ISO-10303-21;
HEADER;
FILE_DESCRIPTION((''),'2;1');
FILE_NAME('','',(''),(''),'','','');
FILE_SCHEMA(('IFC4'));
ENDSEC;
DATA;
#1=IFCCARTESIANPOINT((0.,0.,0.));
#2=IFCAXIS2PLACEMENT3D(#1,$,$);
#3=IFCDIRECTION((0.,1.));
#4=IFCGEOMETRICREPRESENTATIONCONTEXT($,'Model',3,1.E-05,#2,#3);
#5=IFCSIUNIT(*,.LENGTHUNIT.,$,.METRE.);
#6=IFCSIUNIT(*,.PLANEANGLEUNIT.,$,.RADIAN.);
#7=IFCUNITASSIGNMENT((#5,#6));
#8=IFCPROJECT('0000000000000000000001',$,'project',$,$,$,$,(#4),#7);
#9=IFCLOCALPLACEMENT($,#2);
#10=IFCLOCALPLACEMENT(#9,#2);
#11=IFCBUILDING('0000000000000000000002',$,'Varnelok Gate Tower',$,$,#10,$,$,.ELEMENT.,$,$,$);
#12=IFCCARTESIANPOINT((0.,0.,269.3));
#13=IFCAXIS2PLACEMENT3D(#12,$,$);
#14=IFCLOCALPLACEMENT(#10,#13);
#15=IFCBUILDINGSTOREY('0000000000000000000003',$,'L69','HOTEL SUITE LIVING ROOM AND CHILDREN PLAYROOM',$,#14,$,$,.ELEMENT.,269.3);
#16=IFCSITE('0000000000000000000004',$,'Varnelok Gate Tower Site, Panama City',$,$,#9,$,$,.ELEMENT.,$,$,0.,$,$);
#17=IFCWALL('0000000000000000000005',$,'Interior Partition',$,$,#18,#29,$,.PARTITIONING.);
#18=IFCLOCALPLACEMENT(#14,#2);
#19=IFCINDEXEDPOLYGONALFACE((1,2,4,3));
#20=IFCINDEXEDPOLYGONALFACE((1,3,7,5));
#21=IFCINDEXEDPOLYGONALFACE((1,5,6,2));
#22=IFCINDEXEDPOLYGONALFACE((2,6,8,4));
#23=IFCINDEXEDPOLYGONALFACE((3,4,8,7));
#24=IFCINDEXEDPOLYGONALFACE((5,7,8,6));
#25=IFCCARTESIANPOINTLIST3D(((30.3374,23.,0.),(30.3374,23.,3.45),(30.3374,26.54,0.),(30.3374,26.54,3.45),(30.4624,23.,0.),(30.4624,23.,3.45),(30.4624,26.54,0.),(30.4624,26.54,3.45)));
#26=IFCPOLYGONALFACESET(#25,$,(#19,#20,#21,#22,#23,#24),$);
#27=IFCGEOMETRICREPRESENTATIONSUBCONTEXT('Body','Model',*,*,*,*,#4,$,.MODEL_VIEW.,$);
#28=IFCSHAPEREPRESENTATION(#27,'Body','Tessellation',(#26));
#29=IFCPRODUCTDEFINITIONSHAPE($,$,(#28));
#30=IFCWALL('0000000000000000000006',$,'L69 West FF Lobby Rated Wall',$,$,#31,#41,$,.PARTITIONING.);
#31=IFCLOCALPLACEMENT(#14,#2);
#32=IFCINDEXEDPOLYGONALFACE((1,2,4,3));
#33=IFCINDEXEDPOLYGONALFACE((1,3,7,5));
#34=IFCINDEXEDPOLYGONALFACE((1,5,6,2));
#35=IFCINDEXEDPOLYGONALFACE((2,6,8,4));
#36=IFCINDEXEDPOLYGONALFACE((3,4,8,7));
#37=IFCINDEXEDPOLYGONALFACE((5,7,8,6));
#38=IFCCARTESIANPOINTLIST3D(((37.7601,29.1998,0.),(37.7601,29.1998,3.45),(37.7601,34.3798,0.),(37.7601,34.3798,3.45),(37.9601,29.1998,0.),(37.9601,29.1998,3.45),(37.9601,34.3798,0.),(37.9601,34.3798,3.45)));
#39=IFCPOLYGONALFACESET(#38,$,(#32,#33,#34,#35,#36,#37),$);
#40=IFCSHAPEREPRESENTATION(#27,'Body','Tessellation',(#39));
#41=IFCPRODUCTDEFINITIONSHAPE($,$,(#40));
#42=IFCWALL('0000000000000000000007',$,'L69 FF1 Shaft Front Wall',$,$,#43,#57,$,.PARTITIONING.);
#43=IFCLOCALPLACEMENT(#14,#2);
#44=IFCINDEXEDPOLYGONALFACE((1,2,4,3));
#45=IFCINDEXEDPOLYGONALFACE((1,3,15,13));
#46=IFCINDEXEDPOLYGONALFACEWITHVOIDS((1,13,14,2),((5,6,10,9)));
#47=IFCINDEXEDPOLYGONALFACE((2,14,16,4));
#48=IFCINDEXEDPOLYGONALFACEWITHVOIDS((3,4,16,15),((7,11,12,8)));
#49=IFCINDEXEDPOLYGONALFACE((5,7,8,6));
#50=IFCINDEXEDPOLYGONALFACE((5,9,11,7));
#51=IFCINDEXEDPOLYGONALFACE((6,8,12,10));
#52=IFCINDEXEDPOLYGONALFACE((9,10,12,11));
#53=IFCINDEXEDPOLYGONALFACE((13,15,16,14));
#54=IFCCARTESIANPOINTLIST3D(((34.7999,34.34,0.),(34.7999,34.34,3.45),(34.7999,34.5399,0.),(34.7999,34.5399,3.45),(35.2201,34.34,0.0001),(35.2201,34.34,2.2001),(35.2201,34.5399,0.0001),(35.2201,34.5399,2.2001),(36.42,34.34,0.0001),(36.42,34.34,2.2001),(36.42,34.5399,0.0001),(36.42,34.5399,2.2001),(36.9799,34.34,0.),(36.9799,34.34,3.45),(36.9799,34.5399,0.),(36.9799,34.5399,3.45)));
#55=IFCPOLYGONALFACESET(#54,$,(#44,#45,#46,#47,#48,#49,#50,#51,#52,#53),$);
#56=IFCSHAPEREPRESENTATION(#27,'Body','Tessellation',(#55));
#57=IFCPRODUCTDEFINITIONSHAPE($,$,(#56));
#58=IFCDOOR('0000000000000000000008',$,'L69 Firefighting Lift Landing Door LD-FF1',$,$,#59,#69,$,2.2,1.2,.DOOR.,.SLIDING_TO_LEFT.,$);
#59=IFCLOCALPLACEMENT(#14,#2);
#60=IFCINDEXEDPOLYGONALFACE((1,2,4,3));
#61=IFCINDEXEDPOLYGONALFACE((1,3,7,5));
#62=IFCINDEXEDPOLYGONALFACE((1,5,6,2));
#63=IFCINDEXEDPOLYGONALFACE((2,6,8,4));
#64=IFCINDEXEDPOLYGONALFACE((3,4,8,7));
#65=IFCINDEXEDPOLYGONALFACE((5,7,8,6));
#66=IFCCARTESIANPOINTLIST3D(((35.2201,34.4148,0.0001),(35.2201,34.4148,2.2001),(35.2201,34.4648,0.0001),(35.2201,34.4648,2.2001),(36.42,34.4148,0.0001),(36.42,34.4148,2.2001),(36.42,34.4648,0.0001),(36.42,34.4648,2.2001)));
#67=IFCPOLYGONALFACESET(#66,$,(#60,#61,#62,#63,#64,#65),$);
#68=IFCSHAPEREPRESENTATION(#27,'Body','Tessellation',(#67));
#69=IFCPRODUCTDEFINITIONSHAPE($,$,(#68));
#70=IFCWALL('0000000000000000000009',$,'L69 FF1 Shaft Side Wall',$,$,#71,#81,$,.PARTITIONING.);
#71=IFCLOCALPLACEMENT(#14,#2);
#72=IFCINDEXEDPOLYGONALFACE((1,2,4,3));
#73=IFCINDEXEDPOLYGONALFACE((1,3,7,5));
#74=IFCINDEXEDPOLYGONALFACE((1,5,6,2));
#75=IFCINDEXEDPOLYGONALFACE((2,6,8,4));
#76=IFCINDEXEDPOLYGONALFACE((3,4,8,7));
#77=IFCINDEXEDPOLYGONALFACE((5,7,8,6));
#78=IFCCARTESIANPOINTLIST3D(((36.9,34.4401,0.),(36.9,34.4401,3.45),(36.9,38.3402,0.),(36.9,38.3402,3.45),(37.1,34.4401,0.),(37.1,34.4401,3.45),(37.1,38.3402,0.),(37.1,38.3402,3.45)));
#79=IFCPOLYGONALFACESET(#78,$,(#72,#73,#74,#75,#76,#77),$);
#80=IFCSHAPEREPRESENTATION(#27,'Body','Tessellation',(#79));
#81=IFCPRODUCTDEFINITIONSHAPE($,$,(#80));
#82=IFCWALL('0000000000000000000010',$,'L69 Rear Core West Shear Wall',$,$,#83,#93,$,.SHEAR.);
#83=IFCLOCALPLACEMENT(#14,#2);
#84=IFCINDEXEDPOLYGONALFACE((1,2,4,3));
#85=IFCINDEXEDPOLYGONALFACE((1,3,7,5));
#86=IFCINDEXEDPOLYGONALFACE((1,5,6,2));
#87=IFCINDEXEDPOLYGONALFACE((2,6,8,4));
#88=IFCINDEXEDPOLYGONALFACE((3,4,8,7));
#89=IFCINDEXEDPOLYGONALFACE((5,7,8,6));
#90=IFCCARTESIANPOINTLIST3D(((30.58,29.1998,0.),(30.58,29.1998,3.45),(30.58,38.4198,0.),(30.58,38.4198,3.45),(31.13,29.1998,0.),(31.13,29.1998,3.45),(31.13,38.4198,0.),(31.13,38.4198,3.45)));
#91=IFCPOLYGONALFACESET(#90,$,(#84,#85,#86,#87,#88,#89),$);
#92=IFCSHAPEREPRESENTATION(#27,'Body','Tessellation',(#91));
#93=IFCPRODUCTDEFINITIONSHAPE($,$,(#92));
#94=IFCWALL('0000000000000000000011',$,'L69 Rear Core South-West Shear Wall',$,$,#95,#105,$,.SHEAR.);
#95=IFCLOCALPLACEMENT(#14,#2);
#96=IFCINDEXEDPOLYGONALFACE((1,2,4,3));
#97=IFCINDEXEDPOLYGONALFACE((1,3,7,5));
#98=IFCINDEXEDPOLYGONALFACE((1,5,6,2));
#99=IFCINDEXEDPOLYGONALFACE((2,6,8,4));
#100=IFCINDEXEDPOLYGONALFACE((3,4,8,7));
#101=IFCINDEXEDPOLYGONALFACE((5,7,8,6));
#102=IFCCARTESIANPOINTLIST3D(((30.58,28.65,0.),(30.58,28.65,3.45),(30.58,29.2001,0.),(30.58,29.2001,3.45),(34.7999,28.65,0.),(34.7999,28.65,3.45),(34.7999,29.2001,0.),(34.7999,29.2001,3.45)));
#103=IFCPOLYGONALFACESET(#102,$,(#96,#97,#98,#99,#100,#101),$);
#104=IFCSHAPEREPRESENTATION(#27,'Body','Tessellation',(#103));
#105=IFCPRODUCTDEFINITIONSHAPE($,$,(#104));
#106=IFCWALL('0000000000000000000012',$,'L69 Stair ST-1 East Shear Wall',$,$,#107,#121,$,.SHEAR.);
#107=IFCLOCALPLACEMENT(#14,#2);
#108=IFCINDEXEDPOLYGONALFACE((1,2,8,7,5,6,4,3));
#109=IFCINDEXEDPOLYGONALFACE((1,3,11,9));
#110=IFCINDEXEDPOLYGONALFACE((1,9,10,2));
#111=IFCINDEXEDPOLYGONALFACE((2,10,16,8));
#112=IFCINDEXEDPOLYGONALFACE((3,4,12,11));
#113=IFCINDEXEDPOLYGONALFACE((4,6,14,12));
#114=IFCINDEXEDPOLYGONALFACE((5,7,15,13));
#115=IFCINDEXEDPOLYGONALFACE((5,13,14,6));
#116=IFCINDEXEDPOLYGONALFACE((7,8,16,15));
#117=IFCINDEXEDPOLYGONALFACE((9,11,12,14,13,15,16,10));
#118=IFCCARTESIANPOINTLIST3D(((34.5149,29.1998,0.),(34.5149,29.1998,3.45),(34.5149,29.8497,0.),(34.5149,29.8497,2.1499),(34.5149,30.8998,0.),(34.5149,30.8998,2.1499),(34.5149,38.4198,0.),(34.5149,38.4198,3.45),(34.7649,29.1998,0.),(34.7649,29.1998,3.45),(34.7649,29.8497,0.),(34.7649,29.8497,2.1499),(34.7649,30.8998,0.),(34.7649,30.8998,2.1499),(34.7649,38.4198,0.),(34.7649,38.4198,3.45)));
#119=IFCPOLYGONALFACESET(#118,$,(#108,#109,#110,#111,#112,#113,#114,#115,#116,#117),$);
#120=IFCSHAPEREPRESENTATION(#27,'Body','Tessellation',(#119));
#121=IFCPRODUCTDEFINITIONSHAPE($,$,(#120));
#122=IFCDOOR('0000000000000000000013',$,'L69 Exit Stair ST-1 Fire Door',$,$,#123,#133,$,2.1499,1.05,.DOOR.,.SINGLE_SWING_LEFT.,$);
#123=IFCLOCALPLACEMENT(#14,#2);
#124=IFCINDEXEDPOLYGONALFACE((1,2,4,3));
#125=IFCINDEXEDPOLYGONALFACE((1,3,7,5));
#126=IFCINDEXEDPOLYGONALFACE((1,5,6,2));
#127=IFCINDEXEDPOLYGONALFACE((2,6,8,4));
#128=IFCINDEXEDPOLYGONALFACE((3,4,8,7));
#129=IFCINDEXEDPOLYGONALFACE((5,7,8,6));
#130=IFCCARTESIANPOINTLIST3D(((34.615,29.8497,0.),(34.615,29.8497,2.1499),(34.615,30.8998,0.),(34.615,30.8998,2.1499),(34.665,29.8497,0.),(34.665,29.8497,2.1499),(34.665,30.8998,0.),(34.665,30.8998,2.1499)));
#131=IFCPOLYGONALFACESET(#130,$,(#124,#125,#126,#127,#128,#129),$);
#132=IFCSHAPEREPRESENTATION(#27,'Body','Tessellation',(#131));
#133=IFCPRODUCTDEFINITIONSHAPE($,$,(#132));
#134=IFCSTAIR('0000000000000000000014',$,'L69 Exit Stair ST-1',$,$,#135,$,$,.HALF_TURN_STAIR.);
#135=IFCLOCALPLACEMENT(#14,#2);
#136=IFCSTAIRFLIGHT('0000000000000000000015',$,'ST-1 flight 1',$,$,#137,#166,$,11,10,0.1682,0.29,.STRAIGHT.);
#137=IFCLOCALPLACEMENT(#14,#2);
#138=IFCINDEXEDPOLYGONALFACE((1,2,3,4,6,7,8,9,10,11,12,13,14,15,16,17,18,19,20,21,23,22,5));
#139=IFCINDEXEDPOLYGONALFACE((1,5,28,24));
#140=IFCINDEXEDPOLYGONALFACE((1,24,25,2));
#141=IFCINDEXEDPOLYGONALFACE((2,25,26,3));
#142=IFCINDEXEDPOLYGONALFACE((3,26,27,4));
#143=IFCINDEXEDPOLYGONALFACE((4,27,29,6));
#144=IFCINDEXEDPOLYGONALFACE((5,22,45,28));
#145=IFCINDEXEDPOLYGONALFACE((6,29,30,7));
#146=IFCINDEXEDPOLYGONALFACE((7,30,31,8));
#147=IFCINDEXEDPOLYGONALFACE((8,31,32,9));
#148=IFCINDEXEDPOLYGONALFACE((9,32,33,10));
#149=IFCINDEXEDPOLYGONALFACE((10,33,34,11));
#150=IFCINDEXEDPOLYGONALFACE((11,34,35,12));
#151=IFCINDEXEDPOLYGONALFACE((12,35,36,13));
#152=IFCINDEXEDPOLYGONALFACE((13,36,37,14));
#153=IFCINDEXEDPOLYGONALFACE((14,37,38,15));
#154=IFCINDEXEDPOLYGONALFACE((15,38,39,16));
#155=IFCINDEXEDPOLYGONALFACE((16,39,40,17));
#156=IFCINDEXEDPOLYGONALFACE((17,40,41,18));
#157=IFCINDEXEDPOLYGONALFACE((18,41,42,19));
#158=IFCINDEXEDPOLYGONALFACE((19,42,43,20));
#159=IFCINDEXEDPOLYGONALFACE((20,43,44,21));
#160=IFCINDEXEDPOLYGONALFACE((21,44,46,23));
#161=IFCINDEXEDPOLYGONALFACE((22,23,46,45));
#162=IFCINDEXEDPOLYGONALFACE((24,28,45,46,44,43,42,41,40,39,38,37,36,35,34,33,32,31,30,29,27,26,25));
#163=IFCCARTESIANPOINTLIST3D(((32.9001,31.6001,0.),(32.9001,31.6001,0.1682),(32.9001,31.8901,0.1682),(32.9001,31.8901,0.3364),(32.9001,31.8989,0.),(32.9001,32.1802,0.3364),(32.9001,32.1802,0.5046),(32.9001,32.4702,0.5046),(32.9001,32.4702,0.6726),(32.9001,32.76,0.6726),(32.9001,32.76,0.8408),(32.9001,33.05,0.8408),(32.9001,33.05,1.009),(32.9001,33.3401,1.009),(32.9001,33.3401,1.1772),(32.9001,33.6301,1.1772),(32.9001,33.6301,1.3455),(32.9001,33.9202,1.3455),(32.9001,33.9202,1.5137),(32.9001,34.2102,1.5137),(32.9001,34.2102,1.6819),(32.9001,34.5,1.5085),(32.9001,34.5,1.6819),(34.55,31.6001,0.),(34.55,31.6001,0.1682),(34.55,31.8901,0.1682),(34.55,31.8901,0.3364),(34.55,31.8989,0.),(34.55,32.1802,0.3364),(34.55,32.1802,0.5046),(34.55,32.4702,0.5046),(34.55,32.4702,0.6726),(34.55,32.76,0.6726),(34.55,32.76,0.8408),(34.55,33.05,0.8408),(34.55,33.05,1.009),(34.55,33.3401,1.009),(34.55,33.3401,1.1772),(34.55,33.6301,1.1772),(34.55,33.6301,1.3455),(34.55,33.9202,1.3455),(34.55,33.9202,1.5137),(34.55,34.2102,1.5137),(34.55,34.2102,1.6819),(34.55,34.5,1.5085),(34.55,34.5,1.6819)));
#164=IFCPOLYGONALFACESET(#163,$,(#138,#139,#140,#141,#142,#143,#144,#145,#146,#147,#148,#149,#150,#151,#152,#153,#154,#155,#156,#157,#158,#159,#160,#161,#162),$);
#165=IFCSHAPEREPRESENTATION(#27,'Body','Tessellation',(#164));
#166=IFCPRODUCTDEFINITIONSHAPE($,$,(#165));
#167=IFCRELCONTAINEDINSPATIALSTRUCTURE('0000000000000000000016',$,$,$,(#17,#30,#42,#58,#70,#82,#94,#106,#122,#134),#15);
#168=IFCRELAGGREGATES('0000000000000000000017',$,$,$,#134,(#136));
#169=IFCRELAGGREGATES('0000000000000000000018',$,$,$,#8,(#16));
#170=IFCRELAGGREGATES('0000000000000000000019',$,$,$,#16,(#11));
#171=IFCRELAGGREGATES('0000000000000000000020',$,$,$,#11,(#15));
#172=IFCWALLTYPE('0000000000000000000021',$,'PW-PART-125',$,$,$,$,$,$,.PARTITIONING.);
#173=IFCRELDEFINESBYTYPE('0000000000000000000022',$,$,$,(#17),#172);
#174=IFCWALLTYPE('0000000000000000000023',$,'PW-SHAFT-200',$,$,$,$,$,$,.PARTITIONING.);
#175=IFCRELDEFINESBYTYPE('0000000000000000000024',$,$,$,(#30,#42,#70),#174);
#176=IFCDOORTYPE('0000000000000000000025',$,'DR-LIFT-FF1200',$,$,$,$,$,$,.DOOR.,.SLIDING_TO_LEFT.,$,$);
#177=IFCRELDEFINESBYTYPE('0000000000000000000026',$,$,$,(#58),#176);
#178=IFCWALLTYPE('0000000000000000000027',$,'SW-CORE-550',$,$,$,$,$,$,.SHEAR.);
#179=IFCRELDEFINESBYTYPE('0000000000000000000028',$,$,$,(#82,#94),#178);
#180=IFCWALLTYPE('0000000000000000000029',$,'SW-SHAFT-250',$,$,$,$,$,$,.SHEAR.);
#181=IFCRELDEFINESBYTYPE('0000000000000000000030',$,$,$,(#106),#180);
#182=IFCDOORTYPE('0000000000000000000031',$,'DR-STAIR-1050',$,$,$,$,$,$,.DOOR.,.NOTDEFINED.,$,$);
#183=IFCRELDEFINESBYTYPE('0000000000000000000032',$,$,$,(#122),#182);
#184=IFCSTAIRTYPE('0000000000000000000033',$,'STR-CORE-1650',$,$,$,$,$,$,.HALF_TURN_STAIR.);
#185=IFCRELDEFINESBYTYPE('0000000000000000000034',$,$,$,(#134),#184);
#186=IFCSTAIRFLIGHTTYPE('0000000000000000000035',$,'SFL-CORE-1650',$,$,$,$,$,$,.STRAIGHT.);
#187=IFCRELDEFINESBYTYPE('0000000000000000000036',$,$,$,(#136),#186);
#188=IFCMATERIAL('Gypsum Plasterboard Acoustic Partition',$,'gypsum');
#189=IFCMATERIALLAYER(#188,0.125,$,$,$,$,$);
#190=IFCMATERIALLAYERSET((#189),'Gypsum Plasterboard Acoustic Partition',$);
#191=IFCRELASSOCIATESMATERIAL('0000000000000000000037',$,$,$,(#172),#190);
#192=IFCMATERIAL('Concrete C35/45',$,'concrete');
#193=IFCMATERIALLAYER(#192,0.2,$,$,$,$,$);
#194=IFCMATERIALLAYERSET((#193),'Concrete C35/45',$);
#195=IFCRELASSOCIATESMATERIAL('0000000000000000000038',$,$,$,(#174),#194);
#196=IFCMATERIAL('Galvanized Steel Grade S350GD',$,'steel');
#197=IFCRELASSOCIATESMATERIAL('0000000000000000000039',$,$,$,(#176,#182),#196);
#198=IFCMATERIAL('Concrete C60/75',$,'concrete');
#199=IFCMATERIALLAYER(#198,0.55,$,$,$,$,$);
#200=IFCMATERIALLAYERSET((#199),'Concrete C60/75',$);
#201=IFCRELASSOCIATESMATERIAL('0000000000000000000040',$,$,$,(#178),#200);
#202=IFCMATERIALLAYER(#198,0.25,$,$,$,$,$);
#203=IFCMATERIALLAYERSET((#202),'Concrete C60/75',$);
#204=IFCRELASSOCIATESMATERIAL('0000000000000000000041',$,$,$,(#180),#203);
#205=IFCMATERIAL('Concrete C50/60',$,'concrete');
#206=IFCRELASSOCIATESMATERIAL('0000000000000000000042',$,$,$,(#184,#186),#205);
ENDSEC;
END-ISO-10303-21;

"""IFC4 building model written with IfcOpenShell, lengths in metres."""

from ifc_helpers import new_model, si_unit, direction, frame, frame_2d, origin, place, context, subcontext, project, spatial, polyline, rectangle, outline, extrude, material, layer, layer_set, type_object, element, fill, aggregate, save


model = new_model("IFC4")

# Units and contexts
model_context = context("Model", 3, precision=1e-05, world=origin(), true_north=direction((0.0, 1.0)))
body_context = subcontext(model_context, "Body", "Model", "MODEL_VIEW")
ifc_project = project(units=[si_unit("LENGTHUNIT", "METRE"), si_unit("PLANEANGLEUNIT", "RADIAN")], contexts=[model_context])

# Site, building, storey
site_placement = place(None, origin())
site = spatial("IfcSite", under=ifc_project, at=site_placement, Name="Varnelok Gate Tower Site, Panama City", CompositionType="ELEMENT", RefElevation=0.0)
building_placement = place(site_placement, origin())
building = spatial("IfcBuilding", under=site, at=building_placement, Name="Varnelok Gate Tower", CompositionType="ELEMENT")
storey_placement = place(building_placement, frame((0.0, 0.0, 269.3)))
storey = spatial("IfcBuildingStorey", under=building, at=storey_placement, Name="L69", Description="HOTEL SUITE LIVING ROOM AND CHILDREN PLAYROOM", CompositionType="ELEMENT", Elevation=269.3)

# Shared definitions
ifc_material_1 = material(Name="Concrete C50/60", Category="concrete")

# Shared definitions
ifc_material_2 = material(Name="Concrete C60/75", Category="concrete")

# Walls
ifc_material_3 = material(Name="Gypsum Plasterboard Acoustic Partition", Category="gypsum")
ifc_layer_1 = layer(ifc_material_3, 0.125)
ifc_layer_set_1 = layer_set([ifc_layer_1], Name="Gypsum Plasterboard Acoustic Partition")
wall_type_1 = type_object("IfcWallType", Name="PW-PART-125", PredefinedType="PARTITIONING", material=ifc_layer_set_1)
wall_1_placement = place(storey_placement, frame((30.3999, 23.0, 0.0), z_axis=(0.0, 0.0, 1.0), x_axis=(0.0, 1.0, 0.0)))
element("IfcWall", 1, at=wall_1_placement, inside=storey, type_object=wall_type_1, Name="Interior Partition", PredefinedType="PARTITIONING", context=body_context, shape_type="SweptSolid", body=[
    extrude(rectangle(XDim=3.54, YDim=0.125, at=frame_2d((1.77, 0.0))), origin(), (0.0, 0.0, 1.0), 3.45),
])
ifc_material_4 = material(Name="Concrete C35/45", Category="concrete")
ifc_layer_2 = layer(ifc_material_4, 0.2)
ifc_layer_set_2 = layer_set([ifc_layer_2], Name="Concrete C35/45")
wall_type_2 = type_object("IfcWallType", Name="PW-SHAFT-200", PredefinedType="PARTITIONING", material=ifc_layer_set_2)
wall_2_placement = place(storey_placement, frame((37.8601, 29.2, 0.0), z_axis=(0.0, 0.0, 1.0), x_axis=(0.0, 1.0, 0.0)))
element("IfcWall", 2, at=wall_2_placement, inside=storey, type_object=wall_type_2, Name="L69 West FF Lobby Rated Wall", PredefinedType="PARTITIONING", context=body_context, shape_type="SweptSolid", body=[
    extrude(rectangle(XDim=5.1799, YDim=0.2, at=frame_2d((2.5898, 0.0))), origin(), (0.0, 0.0, 1.0), 3.45),
])

# Wall, opening, door
wall_3_placement = place(storey_placement, frame((34.8, 34.4399, 0.0), z_axis=(0.0, 0.0, 1.0), x_axis=(1.0, 0.0, 0.0)))
wall_3 = element("IfcWall", 3, at=wall_3_placement, inside=storey, type_object=wall_type_2, Name="L69 FF1 Shaft Front Wall", PredefinedType="PARTITIONING", context=body_context, shape_type="SweptSolid", body=[
    extrude(rectangle(XDim=2.1799, YDim=0.2, at=frame_2d((1.0898, 0.0))), origin(), (0.0, 0.0, 1.0), 3.45),
])
opening_1_placement = place(wall_3_placement, frame((0.4199, 0.0, 0.0)))
opening_1 = element("IfcOpeningElement", 4, at=opening_1_placement, cuts=wall_3, PredefinedType="OPENING", context=body_context, shape_type="SweptSolid", body=[
    extrude(rectangle(XDim=1.2, YDim=2.2, at=frame_2d((0.6001, 1.1001))), frame((0.0, 0.1099, 0.0), z_axis=(0.0, -1.0, 0.0), x_axis=(1.0, 0.0, 0.0)), (0.0, 0.0, 1.0), 0.22),
])
ifc_material_5 = material(Name="Galvanized Steel Grade S350GD", Category="steel")
door_type_1 = type_object("IfcDoorType", Name="DR-LIFT-FF1200", OperationType="SLIDING_TO_LEFT", PredefinedType="DOOR", material=ifc_material_5)
door_1_placement = place(opening_1_placement, origin())
door_1 = element("IfcDoor", 5, at=door_1_placement, inside=storey, type_object=door_type_1, Name="L69 Firefighting Lift Landing Door LD-FF1", OperationType="SLIDING_TO_LEFT", OverallHeight=2.2, OverallWidth=1.2, PredefinedType="DOOR", context=body_context, shape_type="SweptSolid", body=[
    extrude(rectangle(XDim=1.2, YDim=2.2, at=frame_2d((0.6001, 1.1001))), frame((0.0, 0.0249, 0.0), z_axis=(0.0, -1.0, 0.0), x_axis=(1.0, 0.0, 0.0)), (0.0, 0.0, 1.0), 0.05),
])
fill(opening_1, door_1)

# Walls
wall_4_placement = place(storey_placement, frame((37.0, 34.4399, 0.0), z_axis=(0.0, 0.0, 1.0), x_axis=(0.0, 1.0, 0.0)))
element("IfcWall", 6, at=wall_4_placement, inside=storey, type_object=wall_type_2, Name="L69 FF1 Shaft Side Wall", PredefinedType="PARTITIONING", context=body_context, shape_type="SweptSolid", body=[
    extrude(rectangle(XDim=3.9001, YDim=0.2, at=frame_2d((1.9502, 0.0))), origin(), (0.0, 0.0, 1.0), 3.45),
])
ifc_layer_3 = layer(ifc_material_2, 0.55)
ifc_layer_set_3 = layer_set([ifc_layer_3], Name="Concrete C60/75")
wall_type_3 = type_object("IfcWallType", Name="SW-CORE-550", PredefinedType="SHEAR", material=ifc_layer_set_3)
wall_5_placement = place(storey_placement, frame((30.855, 29.2, 0.0), z_axis=(0.0, 0.0, 1.0), x_axis=(0.0, 1.0, 0.0)))
element("IfcWall", 7, at=wall_5_placement, inside=storey, type_object=wall_type_3, Name="L69 Rear Core West Shear Wall", PredefinedType="SHEAR", context=body_context, shape_type="SweptSolid", body=[
    extrude(rectangle(XDim=9.22, YDim=0.55, at=frame_2d((4.6099, 0.0))), origin(), (0.0, 0.0, 1.0), 3.45),
])
wall_6_placement = place(storey_placement, frame((30.5801, 28.925, 0.0), z_axis=(0.0, 0.0, 1.0), x_axis=(1.0, 0.0, 0.0)))
element("IfcWall", 8, at=wall_6_placement, inside=storey, type_object=wall_type_3, Name="L69 Rear Core South-West Shear Wall", PredefinedType="SHEAR", context=body_context, shape_type="SweptSolid", body=[
    extrude(rectangle(XDim=4.22, YDim=0.55, at=frame_2d((2.1099, 0.0))), origin(), (0.0, 0.0, 1.0), 3.45),
])

# Wall, opening, door
ifc_layer_4 = layer(ifc_material_2, 0.25)
ifc_layer_set_4 = layer_set([ifc_layer_4], Name="Concrete C60/75")
wall_type_4 = type_object("IfcWallType", Name="SW-SHAFT-250", PredefinedType="SHEAR", material=ifc_layer_set_4)
wall_7_placement = place(storey_placement, frame((34.6399, 29.2, 0.0), z_axis=(0.0, 0.0, 1.0), x_axis=(0.0, 1.0, 0.0)))
wall_7 = element("IfcWall", 9, at=wall_7_placement, inside=storey, type_object=wall_type_4, Name="L69 Stair ST-1 East Shear Wall", PredefinedType="SHEAR", context=body_context, shape_type="SweptSolid", body=[
    extrude(rectangle(XDim=9.22, YDim=0.25, at=frame_2d((4.6099, 0.0))), origin(), (0.0, 0.0, 1.0), 3.45),
])
opening_2_placement = place(wall_7_placement, frame((0.6499, 0.0, 0.0)))
opening_2 = element("IfcOpeningElement", 10, at=opening_2_placement, cuts=wall_7, PredefinedType="OPENING", context=body_context, shape_type="SweptSolid", body=[
    extrude(rectangle(XDim=1.05, YDim=2.1499, at=frame_2d((0.5249, 1.075))), frame((0.0, 0.135, 0.0), z_axis=(0.0, -1.0, 0.0), x_axis=(1.0, 0.0, 0.0)), (0.0, 0.0, 1.0), 0.27),
])
door_type_2 = type_object("IfcDoorType", Name="DR-STAIR-1050", OperationType="NOTDEFINED", PredefinedType="DOOR", material=ifc_material_5)
door_2_placement = place(opening_2_placement, origin())
door_2 = element("IfcDoor", 11, at=door_2_placement, inside=storey, type_object=door_type_2, Name="L69 Exit Stair ST-1 Fire Door", OperationType="SINGLE_SWING_LEFT", OverallHeight=2.1499, OverallWidth=1.05, PredefinedType="DOOR", context=body_context, shape_type="SweptSolid", body=[
    extrude(rectangle(XDim=1.05, YDim=2.1499, at=frame_2d((0.5249, 1.075))), frame((0.0, 0.0249, 0.0), z_axis=(0.0, -1.0, 0.0), x_axis=(1.0, 0.0, 0.0)), (0.0, 0.0, 1.0), 0.05),
])
fill(opening_2, door_2)

# Stair, stair flight
stair_type = type_object("IfcStairType", Name="STR-CORE-1650", PredefinedType="HALF_TURN_STAIR", material=ifc_material_1)
stair_placement = place(storey_placement, origin())
stair = element("IfcStair", 12, at=stair_placement, inside=storey, type_object=stair_type, Name="L69 Exit Stair ST-1", PredefinedType="HALF_TURN_STAIR")
stair_flight_type = type_object("IfcStairFlightType", Name="SFL-CORE-1650", PredefinedType="STRAIGHT", material=ifc_material_1)
stair_flight_placement = place(storey_placement, frame((33.7251, 31.6001, 0.0), z_axis=(0.0, 0.0, 1.0), x_axis=(0.0, 1.0, 0.0)))
stair_flight = element("IfcStairFlight", 13, at=stair_flight_placement, type_object=stair_flight_type, Name="ST-1 flight 1", NumberOfRisers=11, NumberOfTreads=10, PredefinedType="STRAIGHT", RiserHeight=0.1682, TreadLength=0.29, context=body_context, shape_type="SweptSolid", body=[
    extrude(outline(polyline([(0.0, 0.0), (0.0, 0.1682), (0.29, 0.1682), (0.29, 0.3364), (0.5801, 0.3364), (0.5801, 0.5046), (0.8701, 0.5046), (0.8701, 0.6726), (1.1599, 0.6726), (1.1599, 0.8408), (1.45, 0.8408), (1.45, 1.009), (1.74, 1.009), (1.74, 1.1772), (2.03, 1.1772), (2.03, 1.3455), (2.3201, 1.3455), (2.3201, 1.5137), (2.6101, 1.5137), (2.6101, 1.6819), (2.8999, 1.6819), (2.8999, 1.8501), (2.8999, 1.5085), (0.2988, 0.0), (0.0, 0.0)])), frame((0.0, 0.825, 0.0), z_axis=(0.0, -1.0, 0.0), x_axis=(1.0, 0.0, 0.0)), (0.0, 0.0, 1.0), 1.6499),
])
aggregate(stair, [stair_flight])

save(model, "model.ifc")
